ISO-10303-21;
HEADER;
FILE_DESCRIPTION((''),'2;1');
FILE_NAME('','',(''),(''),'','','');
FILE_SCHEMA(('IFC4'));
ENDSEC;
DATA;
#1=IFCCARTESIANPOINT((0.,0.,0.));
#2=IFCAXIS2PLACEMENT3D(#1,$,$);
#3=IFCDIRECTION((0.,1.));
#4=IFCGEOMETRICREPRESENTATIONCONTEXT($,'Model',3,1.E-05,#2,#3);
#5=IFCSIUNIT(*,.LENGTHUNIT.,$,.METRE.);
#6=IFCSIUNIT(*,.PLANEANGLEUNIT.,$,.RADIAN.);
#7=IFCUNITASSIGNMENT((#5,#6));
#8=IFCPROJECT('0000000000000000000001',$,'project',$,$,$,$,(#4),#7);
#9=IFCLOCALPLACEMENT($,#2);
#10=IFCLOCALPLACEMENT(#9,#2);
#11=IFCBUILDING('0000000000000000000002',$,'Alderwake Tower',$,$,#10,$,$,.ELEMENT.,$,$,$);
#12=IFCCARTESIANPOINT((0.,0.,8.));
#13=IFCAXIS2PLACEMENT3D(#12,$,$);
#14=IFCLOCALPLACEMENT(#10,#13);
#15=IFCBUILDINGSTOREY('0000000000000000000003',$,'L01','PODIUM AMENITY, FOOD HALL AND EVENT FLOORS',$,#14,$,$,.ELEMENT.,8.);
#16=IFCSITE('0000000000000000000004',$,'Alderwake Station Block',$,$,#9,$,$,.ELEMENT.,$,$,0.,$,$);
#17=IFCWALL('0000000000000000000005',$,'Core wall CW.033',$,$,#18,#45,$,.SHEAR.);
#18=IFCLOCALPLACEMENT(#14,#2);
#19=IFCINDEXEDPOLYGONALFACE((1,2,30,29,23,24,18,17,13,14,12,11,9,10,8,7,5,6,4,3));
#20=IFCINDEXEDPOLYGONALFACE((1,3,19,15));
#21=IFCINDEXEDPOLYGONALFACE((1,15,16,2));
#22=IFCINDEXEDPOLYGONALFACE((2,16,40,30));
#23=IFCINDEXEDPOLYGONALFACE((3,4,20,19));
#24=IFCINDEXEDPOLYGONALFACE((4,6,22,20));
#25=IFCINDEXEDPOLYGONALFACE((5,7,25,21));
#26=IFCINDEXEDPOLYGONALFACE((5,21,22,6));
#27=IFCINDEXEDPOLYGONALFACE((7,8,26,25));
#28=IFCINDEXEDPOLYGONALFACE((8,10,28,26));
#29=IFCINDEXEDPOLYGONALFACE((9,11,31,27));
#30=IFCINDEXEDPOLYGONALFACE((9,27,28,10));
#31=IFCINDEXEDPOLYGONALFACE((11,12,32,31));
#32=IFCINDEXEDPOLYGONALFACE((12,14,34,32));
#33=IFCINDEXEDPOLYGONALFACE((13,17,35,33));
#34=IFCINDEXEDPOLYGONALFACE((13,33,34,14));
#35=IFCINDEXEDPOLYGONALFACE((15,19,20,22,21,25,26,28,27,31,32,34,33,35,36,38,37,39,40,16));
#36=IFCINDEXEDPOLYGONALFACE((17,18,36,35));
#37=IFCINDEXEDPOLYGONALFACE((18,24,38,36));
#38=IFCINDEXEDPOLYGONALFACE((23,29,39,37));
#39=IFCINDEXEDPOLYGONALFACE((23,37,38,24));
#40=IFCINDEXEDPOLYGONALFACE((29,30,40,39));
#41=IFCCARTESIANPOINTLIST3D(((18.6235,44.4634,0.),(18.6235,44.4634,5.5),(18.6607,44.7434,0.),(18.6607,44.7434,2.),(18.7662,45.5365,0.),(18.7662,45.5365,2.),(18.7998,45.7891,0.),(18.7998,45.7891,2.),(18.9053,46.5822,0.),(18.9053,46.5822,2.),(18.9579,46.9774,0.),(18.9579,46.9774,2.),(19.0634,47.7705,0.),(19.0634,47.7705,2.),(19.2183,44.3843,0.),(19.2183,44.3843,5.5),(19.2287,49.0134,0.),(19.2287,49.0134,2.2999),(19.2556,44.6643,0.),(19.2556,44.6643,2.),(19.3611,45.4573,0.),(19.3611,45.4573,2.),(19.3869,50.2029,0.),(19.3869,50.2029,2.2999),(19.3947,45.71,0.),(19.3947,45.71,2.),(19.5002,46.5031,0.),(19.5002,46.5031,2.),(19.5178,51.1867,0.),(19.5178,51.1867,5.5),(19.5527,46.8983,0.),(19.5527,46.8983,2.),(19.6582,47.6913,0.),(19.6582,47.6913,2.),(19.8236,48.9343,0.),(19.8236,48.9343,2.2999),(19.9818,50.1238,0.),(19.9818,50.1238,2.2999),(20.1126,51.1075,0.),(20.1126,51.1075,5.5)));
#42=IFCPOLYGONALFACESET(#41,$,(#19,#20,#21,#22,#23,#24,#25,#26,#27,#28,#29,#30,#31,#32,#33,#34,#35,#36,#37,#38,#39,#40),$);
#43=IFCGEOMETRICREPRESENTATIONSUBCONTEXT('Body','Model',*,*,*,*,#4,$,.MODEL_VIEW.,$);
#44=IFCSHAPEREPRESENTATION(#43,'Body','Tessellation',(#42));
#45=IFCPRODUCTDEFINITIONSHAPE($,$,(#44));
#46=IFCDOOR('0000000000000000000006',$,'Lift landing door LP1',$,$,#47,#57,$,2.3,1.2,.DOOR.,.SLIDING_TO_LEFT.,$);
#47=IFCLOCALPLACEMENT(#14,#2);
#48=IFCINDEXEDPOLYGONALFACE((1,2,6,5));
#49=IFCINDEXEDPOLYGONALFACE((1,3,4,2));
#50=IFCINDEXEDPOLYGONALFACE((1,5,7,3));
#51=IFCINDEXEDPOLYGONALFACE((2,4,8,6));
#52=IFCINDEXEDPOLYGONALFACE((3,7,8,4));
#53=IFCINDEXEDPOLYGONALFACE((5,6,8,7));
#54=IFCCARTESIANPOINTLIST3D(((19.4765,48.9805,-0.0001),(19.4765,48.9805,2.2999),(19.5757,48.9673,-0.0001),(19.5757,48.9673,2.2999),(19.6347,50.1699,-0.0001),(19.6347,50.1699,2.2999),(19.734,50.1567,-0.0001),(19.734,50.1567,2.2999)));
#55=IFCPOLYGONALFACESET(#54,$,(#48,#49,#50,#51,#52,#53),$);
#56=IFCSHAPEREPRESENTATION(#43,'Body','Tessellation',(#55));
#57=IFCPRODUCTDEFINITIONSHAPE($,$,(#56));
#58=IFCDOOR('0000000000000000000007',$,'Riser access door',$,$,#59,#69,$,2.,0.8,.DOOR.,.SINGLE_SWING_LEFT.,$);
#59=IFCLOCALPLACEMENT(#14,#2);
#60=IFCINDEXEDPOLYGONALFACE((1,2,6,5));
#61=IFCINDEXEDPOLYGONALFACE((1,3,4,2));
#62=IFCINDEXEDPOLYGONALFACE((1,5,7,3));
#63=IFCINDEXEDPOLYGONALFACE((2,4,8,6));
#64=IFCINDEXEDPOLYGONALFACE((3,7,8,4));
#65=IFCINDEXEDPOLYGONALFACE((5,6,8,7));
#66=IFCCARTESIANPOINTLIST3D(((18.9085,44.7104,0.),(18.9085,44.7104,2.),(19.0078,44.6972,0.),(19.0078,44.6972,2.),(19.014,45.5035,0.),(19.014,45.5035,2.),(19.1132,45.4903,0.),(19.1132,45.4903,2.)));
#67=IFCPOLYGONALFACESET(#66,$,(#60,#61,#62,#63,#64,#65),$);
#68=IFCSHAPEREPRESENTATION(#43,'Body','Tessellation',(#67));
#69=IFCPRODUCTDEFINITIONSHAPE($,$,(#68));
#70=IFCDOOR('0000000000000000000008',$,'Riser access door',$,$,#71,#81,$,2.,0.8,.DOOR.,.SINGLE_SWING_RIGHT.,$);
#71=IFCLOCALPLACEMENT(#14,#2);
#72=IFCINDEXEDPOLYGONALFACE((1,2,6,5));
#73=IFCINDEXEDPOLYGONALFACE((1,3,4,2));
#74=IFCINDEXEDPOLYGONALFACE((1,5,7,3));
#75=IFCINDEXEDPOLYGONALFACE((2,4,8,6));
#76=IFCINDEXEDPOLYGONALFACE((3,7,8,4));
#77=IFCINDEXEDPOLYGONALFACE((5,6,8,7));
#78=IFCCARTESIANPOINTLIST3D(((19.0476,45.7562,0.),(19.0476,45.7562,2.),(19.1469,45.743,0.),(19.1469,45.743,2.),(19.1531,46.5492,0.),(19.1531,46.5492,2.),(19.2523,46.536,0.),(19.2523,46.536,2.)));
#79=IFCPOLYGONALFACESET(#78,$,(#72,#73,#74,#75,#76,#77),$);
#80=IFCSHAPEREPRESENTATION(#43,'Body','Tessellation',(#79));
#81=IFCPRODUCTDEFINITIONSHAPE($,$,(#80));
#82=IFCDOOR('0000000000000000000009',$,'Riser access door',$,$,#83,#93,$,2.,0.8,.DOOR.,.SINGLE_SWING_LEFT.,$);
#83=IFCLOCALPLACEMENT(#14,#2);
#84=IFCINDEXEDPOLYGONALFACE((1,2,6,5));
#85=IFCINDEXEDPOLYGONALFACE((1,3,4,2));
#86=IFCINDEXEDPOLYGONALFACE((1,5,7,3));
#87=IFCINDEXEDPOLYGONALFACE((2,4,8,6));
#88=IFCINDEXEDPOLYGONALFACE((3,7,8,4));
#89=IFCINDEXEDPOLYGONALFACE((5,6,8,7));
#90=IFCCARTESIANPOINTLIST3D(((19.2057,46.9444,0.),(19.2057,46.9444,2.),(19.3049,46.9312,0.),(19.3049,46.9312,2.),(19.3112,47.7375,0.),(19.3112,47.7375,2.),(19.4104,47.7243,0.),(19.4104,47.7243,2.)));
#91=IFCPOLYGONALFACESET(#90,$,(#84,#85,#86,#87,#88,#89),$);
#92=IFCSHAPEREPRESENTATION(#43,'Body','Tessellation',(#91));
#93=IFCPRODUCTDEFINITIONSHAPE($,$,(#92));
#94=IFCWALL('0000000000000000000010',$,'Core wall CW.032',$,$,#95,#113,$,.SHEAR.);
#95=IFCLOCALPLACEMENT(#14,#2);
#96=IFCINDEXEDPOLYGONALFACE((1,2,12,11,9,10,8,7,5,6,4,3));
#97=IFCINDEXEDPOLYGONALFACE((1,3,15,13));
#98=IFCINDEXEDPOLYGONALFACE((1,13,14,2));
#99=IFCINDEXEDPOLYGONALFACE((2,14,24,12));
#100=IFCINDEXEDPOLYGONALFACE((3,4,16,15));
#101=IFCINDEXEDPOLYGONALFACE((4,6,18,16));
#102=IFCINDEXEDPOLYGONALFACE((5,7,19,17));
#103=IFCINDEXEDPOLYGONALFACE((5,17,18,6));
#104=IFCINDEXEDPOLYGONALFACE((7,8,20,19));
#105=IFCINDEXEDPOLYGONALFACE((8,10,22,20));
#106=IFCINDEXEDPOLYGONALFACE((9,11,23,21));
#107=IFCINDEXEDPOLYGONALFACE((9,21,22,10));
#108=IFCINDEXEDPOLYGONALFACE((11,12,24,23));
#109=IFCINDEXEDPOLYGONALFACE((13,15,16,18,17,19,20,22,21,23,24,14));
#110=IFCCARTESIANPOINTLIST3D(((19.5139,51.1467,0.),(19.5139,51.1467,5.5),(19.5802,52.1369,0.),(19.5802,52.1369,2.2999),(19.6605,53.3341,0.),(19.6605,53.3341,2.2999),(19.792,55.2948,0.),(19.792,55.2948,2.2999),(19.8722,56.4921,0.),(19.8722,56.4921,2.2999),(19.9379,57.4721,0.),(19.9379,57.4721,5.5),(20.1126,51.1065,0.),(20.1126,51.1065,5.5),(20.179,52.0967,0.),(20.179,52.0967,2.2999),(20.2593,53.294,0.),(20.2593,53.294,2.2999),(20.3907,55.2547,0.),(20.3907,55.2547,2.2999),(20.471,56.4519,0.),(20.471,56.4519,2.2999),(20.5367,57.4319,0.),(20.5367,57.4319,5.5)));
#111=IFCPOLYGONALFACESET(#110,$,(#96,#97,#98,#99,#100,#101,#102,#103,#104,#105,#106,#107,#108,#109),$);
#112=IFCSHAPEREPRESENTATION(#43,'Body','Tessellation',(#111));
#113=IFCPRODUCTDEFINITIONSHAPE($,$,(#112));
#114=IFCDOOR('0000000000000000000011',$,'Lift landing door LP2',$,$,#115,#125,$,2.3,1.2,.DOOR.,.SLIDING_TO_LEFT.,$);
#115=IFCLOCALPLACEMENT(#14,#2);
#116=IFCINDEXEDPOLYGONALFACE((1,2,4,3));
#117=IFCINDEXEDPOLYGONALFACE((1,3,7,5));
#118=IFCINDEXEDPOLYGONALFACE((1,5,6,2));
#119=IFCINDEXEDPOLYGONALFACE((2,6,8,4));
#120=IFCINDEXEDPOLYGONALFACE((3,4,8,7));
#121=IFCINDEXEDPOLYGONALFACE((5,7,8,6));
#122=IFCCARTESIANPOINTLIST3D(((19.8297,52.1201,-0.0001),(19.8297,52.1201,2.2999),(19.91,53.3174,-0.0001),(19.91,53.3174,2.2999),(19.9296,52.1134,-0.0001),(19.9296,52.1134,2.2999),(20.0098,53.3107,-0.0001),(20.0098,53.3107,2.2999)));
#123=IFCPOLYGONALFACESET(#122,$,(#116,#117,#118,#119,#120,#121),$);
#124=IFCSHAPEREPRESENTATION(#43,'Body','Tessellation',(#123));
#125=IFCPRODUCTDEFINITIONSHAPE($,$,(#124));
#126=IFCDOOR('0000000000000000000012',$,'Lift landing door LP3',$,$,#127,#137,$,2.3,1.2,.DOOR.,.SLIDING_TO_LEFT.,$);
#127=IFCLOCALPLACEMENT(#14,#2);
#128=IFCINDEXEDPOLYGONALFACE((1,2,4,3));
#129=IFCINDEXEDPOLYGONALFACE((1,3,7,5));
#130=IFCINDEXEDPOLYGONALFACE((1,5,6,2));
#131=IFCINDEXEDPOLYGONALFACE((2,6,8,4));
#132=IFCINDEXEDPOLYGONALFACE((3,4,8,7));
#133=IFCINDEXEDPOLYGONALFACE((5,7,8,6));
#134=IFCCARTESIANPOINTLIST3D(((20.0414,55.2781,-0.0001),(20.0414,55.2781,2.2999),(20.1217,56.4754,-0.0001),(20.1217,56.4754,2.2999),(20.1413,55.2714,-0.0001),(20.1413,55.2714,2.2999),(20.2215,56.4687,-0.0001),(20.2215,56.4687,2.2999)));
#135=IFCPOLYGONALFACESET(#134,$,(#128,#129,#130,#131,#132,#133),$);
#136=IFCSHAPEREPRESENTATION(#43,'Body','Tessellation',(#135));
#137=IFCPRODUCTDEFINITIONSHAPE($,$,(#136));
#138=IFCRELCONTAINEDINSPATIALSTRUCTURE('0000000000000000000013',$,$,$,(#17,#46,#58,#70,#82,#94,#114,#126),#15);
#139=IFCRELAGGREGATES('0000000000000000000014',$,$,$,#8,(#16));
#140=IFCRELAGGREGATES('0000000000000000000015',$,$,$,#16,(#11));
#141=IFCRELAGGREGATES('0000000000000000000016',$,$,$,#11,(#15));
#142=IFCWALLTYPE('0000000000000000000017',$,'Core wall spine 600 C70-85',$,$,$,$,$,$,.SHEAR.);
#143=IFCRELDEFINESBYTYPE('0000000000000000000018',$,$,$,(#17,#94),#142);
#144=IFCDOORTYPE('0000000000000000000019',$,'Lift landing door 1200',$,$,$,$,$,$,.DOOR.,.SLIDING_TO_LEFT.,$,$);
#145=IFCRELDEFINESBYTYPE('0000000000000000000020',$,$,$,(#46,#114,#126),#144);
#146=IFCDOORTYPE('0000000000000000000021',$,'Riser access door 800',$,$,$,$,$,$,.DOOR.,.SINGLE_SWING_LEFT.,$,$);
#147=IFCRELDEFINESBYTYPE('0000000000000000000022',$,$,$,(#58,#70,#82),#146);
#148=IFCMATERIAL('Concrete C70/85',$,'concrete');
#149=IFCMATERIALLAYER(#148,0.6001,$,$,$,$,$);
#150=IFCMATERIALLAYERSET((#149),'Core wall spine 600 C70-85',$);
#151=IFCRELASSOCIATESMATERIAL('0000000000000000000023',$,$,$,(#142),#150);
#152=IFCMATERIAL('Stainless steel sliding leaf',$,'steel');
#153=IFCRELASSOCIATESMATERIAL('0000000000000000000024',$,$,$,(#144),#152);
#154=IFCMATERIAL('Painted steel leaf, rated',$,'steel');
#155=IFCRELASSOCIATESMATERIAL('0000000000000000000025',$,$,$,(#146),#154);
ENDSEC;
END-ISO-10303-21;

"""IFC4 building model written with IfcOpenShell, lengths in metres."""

from ifc_helpers import new_model, si_unit, direction, frame, frame_2d, origin, place, context, subcontext, project, spatial, rectangle, extrude, material, layer, layer_set, type_object, element, fill, save


model = new_model("IFC4")

# Units and contexts
model_context = context("Model", 3, precision=1e-05, world=origin(), true_north=direction((0.0, 1.0)))
body_context = subcontext(model_context, "Body", "Model", "MODEL_VIEW")
ifc_project = project(units=[si_unit("LENGTHUNIT", "METRE"), si_unit("PLANEANGLEUNIT", "RADIAN")], contexts=[model_context])

# Site, building, storey
site_placement = place(None, origin())
site = spatial("IfcSite", under=ifc_project, at=site_placement, Name="Alderwake Station Block", CompositionType="ELEMENT", RefElevation=0.0)
building_placement = place(site_placement, origin())
building = spatial("IfcBuilding", under=site, at=building_placement, Name="Alderwake Tower", CompositionType="ELEMENT")
storey_placement = place(building_placement, frame((0.0, 0.0, 8.0)))
storey = spatial("IfcBuildingStorey", under=building, at=storey_placement, Name="L01", Description="PODIUM AMENITY, FOOD HALL AND EVENT FLOORS", CompositionType="ELEMENT", Elevation=8.0)

# Walls, openings, doors
ifc_material_1 = material(Name="Concrete C70/85", Category="concrete")
ifc_layer_1 = layer(ifc_material_1, 0.6001)
ifc_layer_set_1 = layer_set([ifc_layer_1], Name="Core wall spine 600 C70-85")
wall_type_1 = type_object("IfcWallType", Name="Core wall spine 600 C70-85", PredefinedType="SHEAR", material=ifc_layer_set_1)
wall_1_placement = place(storey_placement, frame((19.8152, 51.147, 0.0), z_axis=(0.0, 0.0, 1.0), x_axis=(-0.131855, -0.991269, 0.0)))
wall_1 = element("IfcWall", 1, at=wall_1_placement, inside=storey, type_object=wall_type_1, Name="Core wall CW.033", PredefinedType="SHEAR", context=body_context, shape_type="SweptSolid", body=[
    extrude(rectangle(XDim=6.7825, YDim=0.6001, at=frame_2d((3.3911, 0.0))), origin(), (0.0, 0.0, 1.0), 5.5),
])
opening_1_placement = place(wall_1_placement, frame((0.9922, 0.0, 0.0)))
opening_1 = element("IfcOpeningElement", 2, at=opening_1_placement, cuts=wall_1, PredefinedType="OPENING", context=body_context, shape_type="SweptSolid", body=[
    extrude(rectangle(XDim=1.2, YDim=2.3, at=frame_2d((0.6001, 1.1499))), frame((0.0, 0.3101, 0.0), z_axis=(0.0, -1.0, 0.0), x_axis=(1.0, 0.0, 0.0)), (0.0, 0.0, 1.0), 0.6201),
])
opening_2_placement = place(wall_1_placement, frame((5.7, 0.0, 0.0)))
opening_2 = element("IfcOpeningElement", 3, at=opening_2_placement, cuts=wall_1, PredefinedType="OPENING", context=body_context, shape_type="SweptSolid", body=[
    extrude(rectangle(XDim=0.8, YDim=2.0, at=frame_2d((0.3999, 1.0))), frame((0.0, 0.3101, 0.0), z_axis=(0.0, -1.0, 0.0), x_axis=(1.0, 0.0, 0.0)), (0.0, 0.0, 1.0), 0.6201),
])
opening_3_placement = place(wall_1_placement, frame((4.645, 0.0, 0.0)))
opening_3 = element("IfcOpeningElement", 4, at=opening_3_placement, cuts=wall_1, PredefinedType="OPENING", context=body_context, shape_type="SweptSolid", body=[
    extrude(rectangle(XDim=0.8, YDim=2.0, at=frame_2d((0.3999, 1.0))), frame((0.0, 0.3101, 0.0), z_axis=(0.0, -1.0, 0.0), x_axis=(1.0, 0.0, 0.0)), (0.0, 0.0, 1.0), 0.6201),
])
opening_4_placement = place(wall_1_placement, frame((3.4463, 0.0, 0.0)))
opening_4 = element("IfcOpeningElement", 5, at=opening_4_placement, cuts=wall_1, PredefinedType="OPENING", context=body_context, shape_type="SweptSolid", body=[
    extrude(rectangle(XDim=0.8, YDim=2.0, at=frame_2d((0.3999, 1.0))), frame((0.0, 0.3101, 0.0), z_axis=(0.0, -1.0, 0.0), x_axis=(1.0, 0.0, 0.0)), (0.0, 0.0, 1.0), 0.6201),
])
ifc_material_2 = material(Name="Stainless steel sliding leaf", Category="steel")
door_type_1 = type_object("IfcDoorType", Name="Lift landing door 1200", OperationType="SLIDING_TO_LEFT", PredefinedType="DOOR", material=ifc_material_2)
door_1_placement = place(opening_1_placement, origin())
door_1 = element("IfcDoor", 6, at=door_1_placement, inside=storey, type_object=door_type_1, Name="Lift landing door LP1", OperationType="SLIDING_TO_LEFT", OverallHeight=2.3, OverallWidth=1.2, PredefinedType="DOOR", context=body_context, shape_type="SweptSolid", body=[
    extrude(rectangle(XDim=1.2, YDim=2.3, at=frame_2d((0.6001, 1.1499))), frame((0.0, 0.05, 0.0), z_axis=(0.0, -1.0, 0.0), x_axis=(1.0, 0.0, 0.0)), (0.0, 0.0, 1.0), 0.1001),
])
fill(opening_1, door_1)
ifc_material_3 = material(Name="Painted steel leaf, rated", Category="steel")
door_type_2 = type_object("IfcDoorType", Name="Riser access door 800", OperationType="SINGLE_SWING_LEFT", PredefinedType="DOOR", material=ifc_material_3)
door_2_placement = place(opening_2_placement, origin())
door_2 = element("IfcDoor", 7, at=door_2_placement, inside=storey, type_object=door_type_2, Name="Riser access door", OperationType="SINGLE_SWING_LEFT", OverallHeight=2.0, OverallWidth=0.8, PredefinedType="DOOR", context=body_context, shape_type="SweptSolid", body=[
    extrude(rectangle(XDim=0.8, YDim=2.0, at=frame_2d((0.3999, 1.0))), frame((0.0, 0.05, 0.0), z_axis=(0.0, -1.0, 0.0), x_axis=(1.0, 0.0, 0.0)), (0.0, 0.0, 1.0), 0.1001),
])
fill(opening_2, door_2)
door_3_placement = place(opening_3_placement, origin())
door_3 = element("IfcDoor", 8, at=door_3_placement, inside=storey, type_object=door_type_2, Name="Riser access door", OperationType="SINGLE_SWING_RIGHT", OverallHeight=2.0, OverallWidth=0.8, PredefinedType="DOOR", context=body_context, shape_type="SweptSolid", body=[
    extrude(rectangle(XDim=0.8, YDim=2.0, at=frame_2d((0.3999, 1.0))), frame((0.0, 0.05, 0.0), z_axis=(0.0, -1.0, 0.0), x_axis=(1.0, 0.0, 0.0)), (0.0, 0.0, 1.0), 0.1001),
])
fill(opening_3, door_3)
door_4_placement = place(opening_4_placement, origin())
door_4 = element("IfcDoor", 9, at=door_4_placement, inside=storey, type_object=door_type_2, Name="Riser access door", OperationType="SINGLE_SWING_LEFT", OverallHeight=2.0, OverallWidth=0.8, PredefinedType="DOOR", context=body_context, shape_type="SweptSolid", body=[
    extrude(rectangle(XDim=0.8, YDim=2.0, at=frame_2d((0.3999, 1.0))), frame((0.0, 0.05, 0.0), z_axis=(0.0, -1.0, 0.0), x_axis=(1.0, 0.0, 0.0)), (0.0, 0.0, 1.0), 0.1001),
])
fill(opening_4, door_4)
wall_2_placement = place(storey_placement, frame((19.8132, 51.1265, 0.0), z_axis=(0.0, 0.0, 1.0), x_axis=(0.066892, 0.99776, 0.0)))
wall_2 = element("IfcWall", 10, at=wall_2_placement, inside=storey, type_object=wall_type_1, Name="Core wall CW.032", PredefinedType="SHEAR", context=body_context, shape_type="SweptSolid", body=[
    extrude(rectangle(XDim=6.3396, YDim=0.6001, at=frame_2d((3.1699, 0.0))), origin(), (0.0, 0.0, 1.0), 5.5),
])
opening_5_placement = place(wall_2_placement, frame((0.9924, 0.0, 0.0)))
opening_5 = element("IfcOpeningElement", 11, at=opening_5_placement, cuts=wall_2, PredefinedType="OPENING", context=body_context, shape_type="SweptSolid", body=[
    extrude(rectangle(XDim=1.2, YDim=2.3, at=frame_2d((0.6001, 1.1499))), frame((0.0, 0.3101, 0.0), z_axis=(0.0, -1.0, 0.0), x_axis=(1.0, 0.0, 0.0)), (0.0, 0.0, 1.0), 0.6201),
])
opening_6_placement = place(wall_2_placement, frame((4.1575, 0.0, 0.0)))
opening_6 = element("IfcOpeningElement", 12, at=opening_6_placement, cuts=wall_2, PredefinedType="OPENING", context=body_context, shape_type="SweptSolid", body=[
    extrude(rectangle(XDim=1.2, YDim=2.3, at=frame_2d((0.6001, 1.1499))), frame((0.0, 0.3101, 0.0), z_axis=(0.0, -1.0, 0.0), x_axis=(1.0, 0.0, 0.0)), (0.0, 0.0, 1.0), 0.6201),
])
door_5_placement = place(opening_5_placement, origin())
door_5 = element("IfcDoor", 13, at=door_5_placement, inside=storey, type_object=door_type_1, Name="Lift landing door LP2", OperationType="SLIDING_TO_LEFT", OverallHeight=2.3, OverallWidth=1.2, PredefinedType="DOOR", context=body_context, shape_type="SweptSolid", body=[
    extrude(rectangle(XDim=1.2, YDim=2.3, at=frame_2d((0.6001, 1.1499))), frame((0.0, 0.05, 0.0), z_axis=(0.0, -1.0, 0.0), x_axis=(1.0, 0.0, 0.0)), (0.0, 0.0, 1.0), 0.1001),
])
fill(opening_5, door_5)
door_6_placement = place(opening_6_placement, origin())
door_6 = element("IfcDoor", 14, at=door_6_placement, inside=storey, type_object=door_type_1, Name="Lift landing door LP3", OperationType="SLIDING_TO_LEFT", OverallHeight=2.3, OverallWidth=1.2, PredefinedType="DOOR", context=body_context, shape_type="SweptSolid", body=[
    extrude(rectangle(XDim=1.2, YDim=2.3, at=frame_2d((0.6001, 1.1499))), frame((0.0, 0.05, 0.0), z_axis=(0.0, -1.0, 0.0), x_axis=(1.0, 0.0, 0.0)), (0.0, 0.0, 1.0), 0.1001),
])
fill(opening_6, door_6)

save(model, "model.ifc")
